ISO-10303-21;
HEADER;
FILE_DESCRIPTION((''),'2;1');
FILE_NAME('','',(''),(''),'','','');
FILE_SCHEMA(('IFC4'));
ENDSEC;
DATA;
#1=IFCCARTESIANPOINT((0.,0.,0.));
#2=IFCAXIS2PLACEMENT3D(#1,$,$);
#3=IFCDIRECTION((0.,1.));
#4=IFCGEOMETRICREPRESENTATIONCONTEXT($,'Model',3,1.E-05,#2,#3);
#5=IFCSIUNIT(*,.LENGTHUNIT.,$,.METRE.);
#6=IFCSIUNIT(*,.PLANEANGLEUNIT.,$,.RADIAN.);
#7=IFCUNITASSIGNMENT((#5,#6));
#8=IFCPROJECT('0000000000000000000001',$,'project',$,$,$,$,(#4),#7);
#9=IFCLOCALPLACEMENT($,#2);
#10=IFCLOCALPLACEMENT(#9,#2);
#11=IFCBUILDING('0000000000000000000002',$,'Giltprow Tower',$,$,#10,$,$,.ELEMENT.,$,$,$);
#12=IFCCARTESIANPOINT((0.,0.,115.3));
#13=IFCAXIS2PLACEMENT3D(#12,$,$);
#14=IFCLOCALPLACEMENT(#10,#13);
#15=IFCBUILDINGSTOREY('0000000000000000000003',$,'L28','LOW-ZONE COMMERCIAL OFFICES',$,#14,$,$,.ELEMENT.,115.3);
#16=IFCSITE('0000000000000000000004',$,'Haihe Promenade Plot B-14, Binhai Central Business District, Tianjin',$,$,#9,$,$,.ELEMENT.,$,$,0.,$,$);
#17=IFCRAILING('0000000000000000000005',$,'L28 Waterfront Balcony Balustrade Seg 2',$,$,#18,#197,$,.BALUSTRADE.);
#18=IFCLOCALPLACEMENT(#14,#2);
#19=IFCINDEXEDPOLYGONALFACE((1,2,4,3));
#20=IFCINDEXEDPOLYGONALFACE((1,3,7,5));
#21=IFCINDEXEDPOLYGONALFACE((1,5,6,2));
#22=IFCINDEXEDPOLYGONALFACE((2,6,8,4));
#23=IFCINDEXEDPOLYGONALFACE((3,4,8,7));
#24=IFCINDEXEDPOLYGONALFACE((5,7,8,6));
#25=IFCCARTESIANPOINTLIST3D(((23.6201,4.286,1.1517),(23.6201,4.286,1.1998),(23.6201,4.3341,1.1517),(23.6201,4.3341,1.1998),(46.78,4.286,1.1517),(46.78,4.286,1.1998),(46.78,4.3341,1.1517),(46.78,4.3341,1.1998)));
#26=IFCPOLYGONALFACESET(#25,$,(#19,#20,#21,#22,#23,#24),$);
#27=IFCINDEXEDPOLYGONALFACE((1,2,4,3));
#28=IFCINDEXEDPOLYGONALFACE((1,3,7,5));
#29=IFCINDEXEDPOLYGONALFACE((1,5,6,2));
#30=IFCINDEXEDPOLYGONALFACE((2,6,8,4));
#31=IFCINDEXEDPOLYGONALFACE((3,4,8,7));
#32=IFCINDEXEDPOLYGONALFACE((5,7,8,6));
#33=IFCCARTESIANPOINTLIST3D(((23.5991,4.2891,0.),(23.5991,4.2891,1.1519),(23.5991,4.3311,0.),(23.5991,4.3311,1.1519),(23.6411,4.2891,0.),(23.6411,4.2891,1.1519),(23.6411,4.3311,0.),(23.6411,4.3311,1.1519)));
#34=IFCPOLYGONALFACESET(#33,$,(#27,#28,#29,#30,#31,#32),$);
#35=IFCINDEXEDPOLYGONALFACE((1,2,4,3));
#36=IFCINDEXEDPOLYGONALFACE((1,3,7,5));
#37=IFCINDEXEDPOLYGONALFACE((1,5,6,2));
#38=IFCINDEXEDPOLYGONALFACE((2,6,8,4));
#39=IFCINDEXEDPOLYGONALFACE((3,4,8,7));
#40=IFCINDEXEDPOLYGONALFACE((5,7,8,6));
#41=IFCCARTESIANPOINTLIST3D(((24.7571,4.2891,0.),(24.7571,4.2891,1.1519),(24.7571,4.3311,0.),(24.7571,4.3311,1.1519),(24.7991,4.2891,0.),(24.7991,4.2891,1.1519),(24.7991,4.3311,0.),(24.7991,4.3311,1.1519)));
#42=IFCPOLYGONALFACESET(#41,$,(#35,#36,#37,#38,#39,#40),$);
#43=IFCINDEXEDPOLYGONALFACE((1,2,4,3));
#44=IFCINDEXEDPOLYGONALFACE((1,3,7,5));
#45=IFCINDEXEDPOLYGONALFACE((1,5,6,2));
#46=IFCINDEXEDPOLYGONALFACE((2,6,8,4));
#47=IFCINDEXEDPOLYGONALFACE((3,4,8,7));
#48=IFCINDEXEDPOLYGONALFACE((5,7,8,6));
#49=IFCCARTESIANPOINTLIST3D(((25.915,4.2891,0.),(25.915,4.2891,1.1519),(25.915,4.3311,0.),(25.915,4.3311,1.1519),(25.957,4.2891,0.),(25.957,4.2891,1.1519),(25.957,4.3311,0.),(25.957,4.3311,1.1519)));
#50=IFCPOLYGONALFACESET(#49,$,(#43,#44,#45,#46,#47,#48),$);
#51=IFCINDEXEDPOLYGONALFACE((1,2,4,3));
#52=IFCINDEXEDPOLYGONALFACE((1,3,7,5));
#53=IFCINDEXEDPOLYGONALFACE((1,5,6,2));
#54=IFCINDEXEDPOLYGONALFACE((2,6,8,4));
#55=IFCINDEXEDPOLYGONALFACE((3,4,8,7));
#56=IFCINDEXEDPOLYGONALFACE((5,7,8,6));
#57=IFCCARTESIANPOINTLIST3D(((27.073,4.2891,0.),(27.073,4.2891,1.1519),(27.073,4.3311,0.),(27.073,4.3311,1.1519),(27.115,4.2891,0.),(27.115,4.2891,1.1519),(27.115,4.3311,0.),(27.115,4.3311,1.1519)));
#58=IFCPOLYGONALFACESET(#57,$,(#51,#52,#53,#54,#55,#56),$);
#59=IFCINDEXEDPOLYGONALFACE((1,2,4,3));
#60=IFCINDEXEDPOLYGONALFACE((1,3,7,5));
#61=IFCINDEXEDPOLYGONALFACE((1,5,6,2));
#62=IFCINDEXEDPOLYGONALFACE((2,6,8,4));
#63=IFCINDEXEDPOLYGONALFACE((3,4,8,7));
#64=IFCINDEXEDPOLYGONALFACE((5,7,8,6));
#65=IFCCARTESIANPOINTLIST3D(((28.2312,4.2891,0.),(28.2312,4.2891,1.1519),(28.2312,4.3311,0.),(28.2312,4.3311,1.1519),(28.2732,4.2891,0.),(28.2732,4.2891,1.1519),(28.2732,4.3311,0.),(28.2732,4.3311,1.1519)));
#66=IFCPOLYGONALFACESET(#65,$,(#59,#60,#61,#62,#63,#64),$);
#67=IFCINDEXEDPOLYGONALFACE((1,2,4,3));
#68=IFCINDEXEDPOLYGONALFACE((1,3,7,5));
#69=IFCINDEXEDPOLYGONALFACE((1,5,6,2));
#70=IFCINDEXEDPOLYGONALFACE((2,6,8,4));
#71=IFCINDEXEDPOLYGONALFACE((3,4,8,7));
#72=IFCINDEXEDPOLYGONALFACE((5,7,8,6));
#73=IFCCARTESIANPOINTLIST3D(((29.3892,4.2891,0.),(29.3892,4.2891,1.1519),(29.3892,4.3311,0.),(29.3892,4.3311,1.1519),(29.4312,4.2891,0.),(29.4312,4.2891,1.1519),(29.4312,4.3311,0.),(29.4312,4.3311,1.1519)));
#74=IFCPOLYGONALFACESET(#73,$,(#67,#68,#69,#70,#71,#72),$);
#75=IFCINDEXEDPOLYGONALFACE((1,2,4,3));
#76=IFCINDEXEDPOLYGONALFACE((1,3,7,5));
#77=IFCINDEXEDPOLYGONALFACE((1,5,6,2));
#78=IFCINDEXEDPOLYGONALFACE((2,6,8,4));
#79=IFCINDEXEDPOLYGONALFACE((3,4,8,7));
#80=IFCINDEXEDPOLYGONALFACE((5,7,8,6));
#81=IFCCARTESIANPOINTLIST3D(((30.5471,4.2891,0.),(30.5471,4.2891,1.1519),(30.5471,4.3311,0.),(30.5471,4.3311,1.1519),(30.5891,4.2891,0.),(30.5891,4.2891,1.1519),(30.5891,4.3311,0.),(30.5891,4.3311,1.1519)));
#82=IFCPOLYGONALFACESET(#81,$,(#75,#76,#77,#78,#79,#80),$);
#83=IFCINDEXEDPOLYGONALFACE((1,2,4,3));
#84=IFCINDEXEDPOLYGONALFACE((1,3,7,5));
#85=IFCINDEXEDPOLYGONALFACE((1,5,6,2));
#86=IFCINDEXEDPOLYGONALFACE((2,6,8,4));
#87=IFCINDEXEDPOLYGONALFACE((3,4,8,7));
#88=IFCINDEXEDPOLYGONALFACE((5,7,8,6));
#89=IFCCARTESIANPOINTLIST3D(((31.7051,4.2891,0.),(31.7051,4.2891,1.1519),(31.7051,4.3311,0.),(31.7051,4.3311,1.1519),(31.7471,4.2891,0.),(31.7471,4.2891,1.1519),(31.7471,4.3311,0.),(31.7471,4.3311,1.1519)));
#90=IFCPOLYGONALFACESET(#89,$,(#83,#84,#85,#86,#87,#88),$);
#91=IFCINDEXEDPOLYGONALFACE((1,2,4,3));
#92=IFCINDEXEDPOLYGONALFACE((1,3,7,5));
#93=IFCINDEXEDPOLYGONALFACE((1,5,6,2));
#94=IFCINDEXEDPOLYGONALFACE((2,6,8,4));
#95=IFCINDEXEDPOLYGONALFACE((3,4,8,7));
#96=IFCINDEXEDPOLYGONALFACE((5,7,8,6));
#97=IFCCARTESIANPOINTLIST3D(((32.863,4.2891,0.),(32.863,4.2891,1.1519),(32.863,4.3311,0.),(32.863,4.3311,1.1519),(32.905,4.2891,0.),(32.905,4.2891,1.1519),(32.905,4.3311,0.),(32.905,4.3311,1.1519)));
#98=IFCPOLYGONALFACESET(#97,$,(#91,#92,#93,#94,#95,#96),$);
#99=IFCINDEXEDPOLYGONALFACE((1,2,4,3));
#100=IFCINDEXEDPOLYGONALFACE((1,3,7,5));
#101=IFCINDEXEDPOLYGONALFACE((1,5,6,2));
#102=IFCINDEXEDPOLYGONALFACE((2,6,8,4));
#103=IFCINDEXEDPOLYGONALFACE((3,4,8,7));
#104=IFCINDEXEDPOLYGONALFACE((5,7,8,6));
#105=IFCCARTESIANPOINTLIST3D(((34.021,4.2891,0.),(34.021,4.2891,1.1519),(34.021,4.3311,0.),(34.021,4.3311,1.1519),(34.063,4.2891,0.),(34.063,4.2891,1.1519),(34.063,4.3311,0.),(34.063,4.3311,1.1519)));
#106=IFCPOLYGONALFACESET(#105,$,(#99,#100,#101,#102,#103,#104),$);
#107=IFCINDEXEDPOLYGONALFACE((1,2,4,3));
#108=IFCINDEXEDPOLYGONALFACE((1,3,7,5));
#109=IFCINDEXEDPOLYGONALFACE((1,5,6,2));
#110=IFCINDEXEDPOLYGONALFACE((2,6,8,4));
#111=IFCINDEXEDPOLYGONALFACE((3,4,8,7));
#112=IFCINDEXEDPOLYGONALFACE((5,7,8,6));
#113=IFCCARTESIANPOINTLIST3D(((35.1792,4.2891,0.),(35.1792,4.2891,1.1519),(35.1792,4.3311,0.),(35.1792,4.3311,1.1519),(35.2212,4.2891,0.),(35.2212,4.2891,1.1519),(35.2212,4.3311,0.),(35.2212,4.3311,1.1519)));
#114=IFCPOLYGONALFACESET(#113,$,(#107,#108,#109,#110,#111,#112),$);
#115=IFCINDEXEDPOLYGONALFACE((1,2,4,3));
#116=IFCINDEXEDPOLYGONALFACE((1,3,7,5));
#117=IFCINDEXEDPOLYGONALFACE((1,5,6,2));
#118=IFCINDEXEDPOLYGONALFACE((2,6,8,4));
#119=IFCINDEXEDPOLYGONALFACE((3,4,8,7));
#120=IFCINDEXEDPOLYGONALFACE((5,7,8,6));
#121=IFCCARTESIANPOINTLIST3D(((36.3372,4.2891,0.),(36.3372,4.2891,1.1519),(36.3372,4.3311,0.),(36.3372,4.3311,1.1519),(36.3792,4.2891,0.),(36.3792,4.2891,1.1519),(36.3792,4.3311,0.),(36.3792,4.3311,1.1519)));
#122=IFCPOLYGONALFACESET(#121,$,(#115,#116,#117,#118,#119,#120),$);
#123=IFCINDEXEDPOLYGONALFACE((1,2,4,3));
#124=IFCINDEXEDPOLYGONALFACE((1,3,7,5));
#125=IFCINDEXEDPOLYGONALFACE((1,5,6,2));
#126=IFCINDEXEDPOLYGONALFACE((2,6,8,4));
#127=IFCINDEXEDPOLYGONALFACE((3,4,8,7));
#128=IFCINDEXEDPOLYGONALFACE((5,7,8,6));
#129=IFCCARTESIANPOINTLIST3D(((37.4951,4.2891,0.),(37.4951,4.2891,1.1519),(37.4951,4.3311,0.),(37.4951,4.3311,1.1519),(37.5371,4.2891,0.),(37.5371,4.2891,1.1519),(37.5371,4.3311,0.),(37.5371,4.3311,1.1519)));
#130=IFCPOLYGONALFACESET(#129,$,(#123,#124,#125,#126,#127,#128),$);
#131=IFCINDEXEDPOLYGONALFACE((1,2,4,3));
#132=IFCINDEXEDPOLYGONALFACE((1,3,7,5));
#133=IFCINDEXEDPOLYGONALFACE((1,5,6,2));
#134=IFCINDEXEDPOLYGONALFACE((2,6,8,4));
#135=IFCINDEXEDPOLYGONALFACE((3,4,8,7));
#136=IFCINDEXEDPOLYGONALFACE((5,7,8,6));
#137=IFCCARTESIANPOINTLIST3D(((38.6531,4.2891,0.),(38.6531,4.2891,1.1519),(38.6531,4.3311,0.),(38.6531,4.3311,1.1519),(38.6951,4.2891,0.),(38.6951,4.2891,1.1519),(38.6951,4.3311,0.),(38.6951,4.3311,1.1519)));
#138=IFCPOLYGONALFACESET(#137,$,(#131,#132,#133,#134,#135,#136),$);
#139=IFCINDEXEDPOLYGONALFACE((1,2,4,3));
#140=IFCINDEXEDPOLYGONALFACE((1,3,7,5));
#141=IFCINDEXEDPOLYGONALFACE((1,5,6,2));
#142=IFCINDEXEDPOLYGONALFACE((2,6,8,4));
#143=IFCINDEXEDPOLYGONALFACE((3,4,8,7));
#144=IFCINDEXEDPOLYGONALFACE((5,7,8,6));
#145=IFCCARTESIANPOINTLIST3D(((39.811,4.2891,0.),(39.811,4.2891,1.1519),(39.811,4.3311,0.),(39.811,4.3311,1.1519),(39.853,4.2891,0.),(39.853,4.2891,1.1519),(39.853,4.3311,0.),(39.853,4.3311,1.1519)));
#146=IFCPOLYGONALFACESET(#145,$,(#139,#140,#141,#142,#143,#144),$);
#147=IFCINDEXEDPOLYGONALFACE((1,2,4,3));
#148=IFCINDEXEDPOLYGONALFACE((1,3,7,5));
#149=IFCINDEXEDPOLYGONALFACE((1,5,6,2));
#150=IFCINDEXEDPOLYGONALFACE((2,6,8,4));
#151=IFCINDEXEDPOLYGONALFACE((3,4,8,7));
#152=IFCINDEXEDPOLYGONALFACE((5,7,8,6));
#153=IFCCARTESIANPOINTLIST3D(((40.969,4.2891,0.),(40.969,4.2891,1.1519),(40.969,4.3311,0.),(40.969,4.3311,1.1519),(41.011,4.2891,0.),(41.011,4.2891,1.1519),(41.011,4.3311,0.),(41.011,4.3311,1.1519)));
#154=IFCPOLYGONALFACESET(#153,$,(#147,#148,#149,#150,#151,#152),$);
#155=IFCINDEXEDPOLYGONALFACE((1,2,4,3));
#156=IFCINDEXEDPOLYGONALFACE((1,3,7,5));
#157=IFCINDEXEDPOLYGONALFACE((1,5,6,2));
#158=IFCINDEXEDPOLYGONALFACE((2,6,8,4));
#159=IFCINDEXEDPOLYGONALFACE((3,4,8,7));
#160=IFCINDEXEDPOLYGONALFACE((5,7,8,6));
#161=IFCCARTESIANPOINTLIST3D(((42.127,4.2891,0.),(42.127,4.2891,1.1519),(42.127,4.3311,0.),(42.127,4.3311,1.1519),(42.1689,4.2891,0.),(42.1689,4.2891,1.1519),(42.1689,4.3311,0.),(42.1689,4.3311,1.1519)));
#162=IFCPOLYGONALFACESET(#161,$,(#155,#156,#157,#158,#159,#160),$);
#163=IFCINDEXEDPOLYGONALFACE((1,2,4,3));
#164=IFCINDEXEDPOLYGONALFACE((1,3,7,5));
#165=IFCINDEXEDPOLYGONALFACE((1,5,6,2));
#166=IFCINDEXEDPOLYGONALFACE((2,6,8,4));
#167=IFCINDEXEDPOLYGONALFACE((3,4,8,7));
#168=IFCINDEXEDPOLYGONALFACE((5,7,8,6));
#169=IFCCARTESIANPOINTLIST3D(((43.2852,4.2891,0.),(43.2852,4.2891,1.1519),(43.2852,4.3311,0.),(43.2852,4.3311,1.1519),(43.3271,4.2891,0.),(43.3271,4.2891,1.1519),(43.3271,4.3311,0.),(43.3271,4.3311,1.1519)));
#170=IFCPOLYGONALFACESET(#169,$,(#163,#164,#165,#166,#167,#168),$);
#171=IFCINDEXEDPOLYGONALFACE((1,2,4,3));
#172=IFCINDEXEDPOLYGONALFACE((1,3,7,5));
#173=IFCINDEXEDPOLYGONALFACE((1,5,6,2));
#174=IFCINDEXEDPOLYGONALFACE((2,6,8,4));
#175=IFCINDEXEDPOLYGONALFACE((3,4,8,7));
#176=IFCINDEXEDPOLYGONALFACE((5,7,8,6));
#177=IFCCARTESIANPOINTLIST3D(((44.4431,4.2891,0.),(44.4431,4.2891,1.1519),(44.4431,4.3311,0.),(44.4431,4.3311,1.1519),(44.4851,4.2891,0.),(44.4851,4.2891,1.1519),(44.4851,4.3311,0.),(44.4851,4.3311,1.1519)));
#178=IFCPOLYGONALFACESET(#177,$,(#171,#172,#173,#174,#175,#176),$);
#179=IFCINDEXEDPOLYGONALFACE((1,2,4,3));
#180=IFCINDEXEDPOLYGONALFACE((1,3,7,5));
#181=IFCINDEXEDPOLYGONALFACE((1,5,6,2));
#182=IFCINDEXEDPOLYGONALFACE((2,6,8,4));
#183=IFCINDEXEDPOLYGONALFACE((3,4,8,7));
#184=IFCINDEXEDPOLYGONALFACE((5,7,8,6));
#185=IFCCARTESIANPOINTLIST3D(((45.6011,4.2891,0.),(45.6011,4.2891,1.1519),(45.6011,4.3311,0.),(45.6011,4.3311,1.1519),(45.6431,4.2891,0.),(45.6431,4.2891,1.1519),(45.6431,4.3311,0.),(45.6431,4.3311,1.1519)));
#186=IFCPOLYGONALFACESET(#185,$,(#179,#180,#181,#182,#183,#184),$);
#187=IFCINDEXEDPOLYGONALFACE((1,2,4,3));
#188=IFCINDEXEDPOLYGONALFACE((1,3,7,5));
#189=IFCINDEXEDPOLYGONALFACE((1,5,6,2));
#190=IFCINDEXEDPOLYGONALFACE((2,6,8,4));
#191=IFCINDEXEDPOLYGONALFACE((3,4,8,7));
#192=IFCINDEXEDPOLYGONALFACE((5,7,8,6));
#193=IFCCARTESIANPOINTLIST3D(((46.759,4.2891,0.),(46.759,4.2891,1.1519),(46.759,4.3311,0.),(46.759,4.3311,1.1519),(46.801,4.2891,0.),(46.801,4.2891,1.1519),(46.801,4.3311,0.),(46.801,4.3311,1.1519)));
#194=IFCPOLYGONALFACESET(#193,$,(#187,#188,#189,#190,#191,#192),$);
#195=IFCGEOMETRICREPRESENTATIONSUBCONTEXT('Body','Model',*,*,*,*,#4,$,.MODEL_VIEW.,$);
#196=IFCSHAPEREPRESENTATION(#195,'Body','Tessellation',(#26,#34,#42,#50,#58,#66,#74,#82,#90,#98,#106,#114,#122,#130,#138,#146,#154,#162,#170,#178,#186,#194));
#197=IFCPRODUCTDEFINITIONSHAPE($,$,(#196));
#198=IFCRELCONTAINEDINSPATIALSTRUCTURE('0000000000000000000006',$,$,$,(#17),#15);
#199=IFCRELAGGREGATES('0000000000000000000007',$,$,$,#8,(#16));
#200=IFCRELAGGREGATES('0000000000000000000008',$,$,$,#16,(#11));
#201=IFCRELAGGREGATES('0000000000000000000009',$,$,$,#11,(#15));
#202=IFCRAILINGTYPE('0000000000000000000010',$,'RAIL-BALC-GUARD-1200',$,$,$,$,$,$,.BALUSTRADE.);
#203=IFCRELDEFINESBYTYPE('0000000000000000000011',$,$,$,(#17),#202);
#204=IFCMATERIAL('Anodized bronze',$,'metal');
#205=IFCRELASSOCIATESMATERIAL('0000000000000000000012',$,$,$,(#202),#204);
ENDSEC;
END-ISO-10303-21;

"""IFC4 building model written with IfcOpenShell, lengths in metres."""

from ifc_helpers import new_model, si_unit, direction, frame, origin, origin_2d, place, context, subcontext, project, spatial, rectangle, extrude, material, type_object, element, save


model = new_model("IFC4")

# Units and contexts
model_context = context("Model", 3, precision=1e-05, world=origin(), true_north=direction((0.0, 1.0)))
body_context = subcontext(model_context, "Body", "Model", "MODEL_VIEW")
ifc_project = project(units=[si_unit("LENGTHUNIT", "METRE"), si_unit("PLANEANGLEUNIT", "RADIAN")], contexts=[model_context])

# Site, building, storey
site_placement = place(None, origin())
site = spatial("IfcSite", under=ifc_project, at=site_placement, Name="Haihe Promenade Plot B-14, Binhai Central Business District, Tianjin", CompositionType="ELEMENT", RefElevation=0.0)
building_placement = place(site_placement, origin())
building = spatial("IfcBuilding", under=site, at=building_placement, Name="Giltprow Tower", CompositionType="ELEMENT")
storey_placement = place(building_placement, frame((0.0, 0.0, 115.3)))
storey = spatial("IfcBuildingStorey", under=building, at=storey_placement, Name="L28", Description="LOW-ZONE COMMERCIAL OFFICES", CompositionType="ELEMENT", Elevation=115.3)

# Shared definitions
ifc_material_1 = material(Name="Anodized bronze", Category="metal")

# Railing
railing_type = type_object("IfcRailingType", Name="RAIL-BALC-GUARD-1200", PredefinedType="BALUSTRADE", material=ifc_material_1)
railing_1_placement = place(storey_placement, frame((23.6201, 4.3101, 0.0)))
element("IfcRailing", 1, at=railing_1_placement, inside=storey, type_object=railing_type, Name="L28 Waterfront Balcony Balustrade Seg 2", PredefinedType="BALUSTRADE", context=body_context, shape_type="SweptSolid", body=[
    extrude(rectangle(XDim=0.0481, YDim=0.0481, at=origin_2d()), frame((0.0, 0.0, 1.1758), z_axis=(1.0, 0.0, 0.0), x_axis=(0.0, 1.0, 0.0)), (0.0, 0.0, 1.0), 23.1599),
    extrude(rectangle(XDim=0.042, YDim=0.042, at=origin_2d()), origin(), (0.0, 0.0, 1.0), 1.1519),
    extrude(rectangle(XDim=0.042, YDim=0.042, at=origin_2d()), frame((1.158, 0.0, 0.0)), (0.0, 0.0, 1.0), 1.1519),
    extrude(rectangle(XDim=0.042, YDim=0.042, at=origin_2d()), frame((2.3159, 0.0, 0.0)), (0.0, 0.0, 1.0), 1.1519),
    extrude(rectangle(XDim=0.042, YDim=0.042, at=origin_2d()), frame((3.4739, 0.0, 0.0)), (0.0, 0.0, 1.0), 1.1519),
    extrude(rectangle(XDim=0.042, YDim=0.042, at=origin_2d()), frame((4.6321, 0.0, 0.0)), (0.0, 0.0, 1.0), 1.1519),
    extrude(rectangle(XDim=0.042, YDim=0.042, at=origin_2d()), frame((5.79, 0.0, 0.0)), (0.0, 0.0, 1.0), 1.1519),
    extrude(rectangle(XDim=0.042, YDim=0.042, at=origin_2d()), frame((6.948, 0.0, 0.0)), (0.0, 0.0, 1.0), 1.1519),
    extrude(rectangle(XDim=0.042, YDim=0.042, at=origin_2d()), frame((8.106, 0.0, 0.0)), (0.0, 0.0, 1.0), 1.1519),
    extrude(rectangle(XDim=0.042, YDim=0.042, at=origin_2d()), frame((9.2639, 0.0, 0.0)), (0.0, 0.0, 1.0), 1.1519),
    extrude(rectangle(XDim=0.042, YDim=0.042, at=origin_2d()), frame((10.4219, 0.0, 0.0)), (0.0, 0.0, 1.0), 1.1519),
    extrude(rectangle(XDim=0.042, YDim=0.042, at=origin_2d()), frame((11.5801, 0.0, 0.0)), (0.0, 0.0, 1.0), 1.1519),
    extrude(rectangle(XDim=0.042, YDim=0.042, at=origin_2d()), frame((12.738, 0.0, 0.0)), (0.0, 0.0, 1.0), 1.1519),
    extrude(rectangle(XDim=0.042, YDim=0.042, at=origin_2d()), frame((13.896, 0.0, 0.0)), (0.0, 0.0, 1.0), 1.1519),
    extrude(rectangle(XDim=0.042, YDim=0.042, at=origin_2d()), frame((15.054, 0.0, 0.0)), (0.0, 0.0, 1.0), 1.1519),
    extrude(rectangle(XDim=0.042, YDim=0.042, at=origin_2d()), frame((16.2119, 0.0, 0.0)), (0.0, 0.0, 1.0), 1.1519),
    extrude(rectangle(XDim=0.042, YDim=0.042, at=origin_2d()), frame((17.3699, 0.0, 0.0)), (0.0, 0.0, 1.0), 1.1519),
    extrude(rectangle(XDim=0.042, YDim=0.042, at=origin_2d()), frame((18.5278, 0.0, 0.0)), (0.0, 0.0, 1.0), 1.1519),
    extrude(rectangle(XDim=0.042, YDim=0.042, at=origin_2d()), frame((19.686, 0.0, 0.0)), (0.0, 0.0, 1.0), 1.1519),
    extrude(rectangle(XDim=0.042, YDim=0.042, at=origin_2d()), frame((20.844, 0.0, 0.0)), (0.0, 0.0, 1.0), 1.1519),
    extrude(rectangle(XDim=0.042, YDim=0.042, at=origin_2d()), frame((22.002, 0.0, 0.0)), (0.0, 0.0, 1.0), 1.1519),
    extrude(rectangle(XDim=0.042, YDim=0.042, at=origin_2d()), frame((23.1599, 0.0, 0.0)), (0.0, 0.0, 1.0), 1.1519),
])

save(model, "model.ifc")
